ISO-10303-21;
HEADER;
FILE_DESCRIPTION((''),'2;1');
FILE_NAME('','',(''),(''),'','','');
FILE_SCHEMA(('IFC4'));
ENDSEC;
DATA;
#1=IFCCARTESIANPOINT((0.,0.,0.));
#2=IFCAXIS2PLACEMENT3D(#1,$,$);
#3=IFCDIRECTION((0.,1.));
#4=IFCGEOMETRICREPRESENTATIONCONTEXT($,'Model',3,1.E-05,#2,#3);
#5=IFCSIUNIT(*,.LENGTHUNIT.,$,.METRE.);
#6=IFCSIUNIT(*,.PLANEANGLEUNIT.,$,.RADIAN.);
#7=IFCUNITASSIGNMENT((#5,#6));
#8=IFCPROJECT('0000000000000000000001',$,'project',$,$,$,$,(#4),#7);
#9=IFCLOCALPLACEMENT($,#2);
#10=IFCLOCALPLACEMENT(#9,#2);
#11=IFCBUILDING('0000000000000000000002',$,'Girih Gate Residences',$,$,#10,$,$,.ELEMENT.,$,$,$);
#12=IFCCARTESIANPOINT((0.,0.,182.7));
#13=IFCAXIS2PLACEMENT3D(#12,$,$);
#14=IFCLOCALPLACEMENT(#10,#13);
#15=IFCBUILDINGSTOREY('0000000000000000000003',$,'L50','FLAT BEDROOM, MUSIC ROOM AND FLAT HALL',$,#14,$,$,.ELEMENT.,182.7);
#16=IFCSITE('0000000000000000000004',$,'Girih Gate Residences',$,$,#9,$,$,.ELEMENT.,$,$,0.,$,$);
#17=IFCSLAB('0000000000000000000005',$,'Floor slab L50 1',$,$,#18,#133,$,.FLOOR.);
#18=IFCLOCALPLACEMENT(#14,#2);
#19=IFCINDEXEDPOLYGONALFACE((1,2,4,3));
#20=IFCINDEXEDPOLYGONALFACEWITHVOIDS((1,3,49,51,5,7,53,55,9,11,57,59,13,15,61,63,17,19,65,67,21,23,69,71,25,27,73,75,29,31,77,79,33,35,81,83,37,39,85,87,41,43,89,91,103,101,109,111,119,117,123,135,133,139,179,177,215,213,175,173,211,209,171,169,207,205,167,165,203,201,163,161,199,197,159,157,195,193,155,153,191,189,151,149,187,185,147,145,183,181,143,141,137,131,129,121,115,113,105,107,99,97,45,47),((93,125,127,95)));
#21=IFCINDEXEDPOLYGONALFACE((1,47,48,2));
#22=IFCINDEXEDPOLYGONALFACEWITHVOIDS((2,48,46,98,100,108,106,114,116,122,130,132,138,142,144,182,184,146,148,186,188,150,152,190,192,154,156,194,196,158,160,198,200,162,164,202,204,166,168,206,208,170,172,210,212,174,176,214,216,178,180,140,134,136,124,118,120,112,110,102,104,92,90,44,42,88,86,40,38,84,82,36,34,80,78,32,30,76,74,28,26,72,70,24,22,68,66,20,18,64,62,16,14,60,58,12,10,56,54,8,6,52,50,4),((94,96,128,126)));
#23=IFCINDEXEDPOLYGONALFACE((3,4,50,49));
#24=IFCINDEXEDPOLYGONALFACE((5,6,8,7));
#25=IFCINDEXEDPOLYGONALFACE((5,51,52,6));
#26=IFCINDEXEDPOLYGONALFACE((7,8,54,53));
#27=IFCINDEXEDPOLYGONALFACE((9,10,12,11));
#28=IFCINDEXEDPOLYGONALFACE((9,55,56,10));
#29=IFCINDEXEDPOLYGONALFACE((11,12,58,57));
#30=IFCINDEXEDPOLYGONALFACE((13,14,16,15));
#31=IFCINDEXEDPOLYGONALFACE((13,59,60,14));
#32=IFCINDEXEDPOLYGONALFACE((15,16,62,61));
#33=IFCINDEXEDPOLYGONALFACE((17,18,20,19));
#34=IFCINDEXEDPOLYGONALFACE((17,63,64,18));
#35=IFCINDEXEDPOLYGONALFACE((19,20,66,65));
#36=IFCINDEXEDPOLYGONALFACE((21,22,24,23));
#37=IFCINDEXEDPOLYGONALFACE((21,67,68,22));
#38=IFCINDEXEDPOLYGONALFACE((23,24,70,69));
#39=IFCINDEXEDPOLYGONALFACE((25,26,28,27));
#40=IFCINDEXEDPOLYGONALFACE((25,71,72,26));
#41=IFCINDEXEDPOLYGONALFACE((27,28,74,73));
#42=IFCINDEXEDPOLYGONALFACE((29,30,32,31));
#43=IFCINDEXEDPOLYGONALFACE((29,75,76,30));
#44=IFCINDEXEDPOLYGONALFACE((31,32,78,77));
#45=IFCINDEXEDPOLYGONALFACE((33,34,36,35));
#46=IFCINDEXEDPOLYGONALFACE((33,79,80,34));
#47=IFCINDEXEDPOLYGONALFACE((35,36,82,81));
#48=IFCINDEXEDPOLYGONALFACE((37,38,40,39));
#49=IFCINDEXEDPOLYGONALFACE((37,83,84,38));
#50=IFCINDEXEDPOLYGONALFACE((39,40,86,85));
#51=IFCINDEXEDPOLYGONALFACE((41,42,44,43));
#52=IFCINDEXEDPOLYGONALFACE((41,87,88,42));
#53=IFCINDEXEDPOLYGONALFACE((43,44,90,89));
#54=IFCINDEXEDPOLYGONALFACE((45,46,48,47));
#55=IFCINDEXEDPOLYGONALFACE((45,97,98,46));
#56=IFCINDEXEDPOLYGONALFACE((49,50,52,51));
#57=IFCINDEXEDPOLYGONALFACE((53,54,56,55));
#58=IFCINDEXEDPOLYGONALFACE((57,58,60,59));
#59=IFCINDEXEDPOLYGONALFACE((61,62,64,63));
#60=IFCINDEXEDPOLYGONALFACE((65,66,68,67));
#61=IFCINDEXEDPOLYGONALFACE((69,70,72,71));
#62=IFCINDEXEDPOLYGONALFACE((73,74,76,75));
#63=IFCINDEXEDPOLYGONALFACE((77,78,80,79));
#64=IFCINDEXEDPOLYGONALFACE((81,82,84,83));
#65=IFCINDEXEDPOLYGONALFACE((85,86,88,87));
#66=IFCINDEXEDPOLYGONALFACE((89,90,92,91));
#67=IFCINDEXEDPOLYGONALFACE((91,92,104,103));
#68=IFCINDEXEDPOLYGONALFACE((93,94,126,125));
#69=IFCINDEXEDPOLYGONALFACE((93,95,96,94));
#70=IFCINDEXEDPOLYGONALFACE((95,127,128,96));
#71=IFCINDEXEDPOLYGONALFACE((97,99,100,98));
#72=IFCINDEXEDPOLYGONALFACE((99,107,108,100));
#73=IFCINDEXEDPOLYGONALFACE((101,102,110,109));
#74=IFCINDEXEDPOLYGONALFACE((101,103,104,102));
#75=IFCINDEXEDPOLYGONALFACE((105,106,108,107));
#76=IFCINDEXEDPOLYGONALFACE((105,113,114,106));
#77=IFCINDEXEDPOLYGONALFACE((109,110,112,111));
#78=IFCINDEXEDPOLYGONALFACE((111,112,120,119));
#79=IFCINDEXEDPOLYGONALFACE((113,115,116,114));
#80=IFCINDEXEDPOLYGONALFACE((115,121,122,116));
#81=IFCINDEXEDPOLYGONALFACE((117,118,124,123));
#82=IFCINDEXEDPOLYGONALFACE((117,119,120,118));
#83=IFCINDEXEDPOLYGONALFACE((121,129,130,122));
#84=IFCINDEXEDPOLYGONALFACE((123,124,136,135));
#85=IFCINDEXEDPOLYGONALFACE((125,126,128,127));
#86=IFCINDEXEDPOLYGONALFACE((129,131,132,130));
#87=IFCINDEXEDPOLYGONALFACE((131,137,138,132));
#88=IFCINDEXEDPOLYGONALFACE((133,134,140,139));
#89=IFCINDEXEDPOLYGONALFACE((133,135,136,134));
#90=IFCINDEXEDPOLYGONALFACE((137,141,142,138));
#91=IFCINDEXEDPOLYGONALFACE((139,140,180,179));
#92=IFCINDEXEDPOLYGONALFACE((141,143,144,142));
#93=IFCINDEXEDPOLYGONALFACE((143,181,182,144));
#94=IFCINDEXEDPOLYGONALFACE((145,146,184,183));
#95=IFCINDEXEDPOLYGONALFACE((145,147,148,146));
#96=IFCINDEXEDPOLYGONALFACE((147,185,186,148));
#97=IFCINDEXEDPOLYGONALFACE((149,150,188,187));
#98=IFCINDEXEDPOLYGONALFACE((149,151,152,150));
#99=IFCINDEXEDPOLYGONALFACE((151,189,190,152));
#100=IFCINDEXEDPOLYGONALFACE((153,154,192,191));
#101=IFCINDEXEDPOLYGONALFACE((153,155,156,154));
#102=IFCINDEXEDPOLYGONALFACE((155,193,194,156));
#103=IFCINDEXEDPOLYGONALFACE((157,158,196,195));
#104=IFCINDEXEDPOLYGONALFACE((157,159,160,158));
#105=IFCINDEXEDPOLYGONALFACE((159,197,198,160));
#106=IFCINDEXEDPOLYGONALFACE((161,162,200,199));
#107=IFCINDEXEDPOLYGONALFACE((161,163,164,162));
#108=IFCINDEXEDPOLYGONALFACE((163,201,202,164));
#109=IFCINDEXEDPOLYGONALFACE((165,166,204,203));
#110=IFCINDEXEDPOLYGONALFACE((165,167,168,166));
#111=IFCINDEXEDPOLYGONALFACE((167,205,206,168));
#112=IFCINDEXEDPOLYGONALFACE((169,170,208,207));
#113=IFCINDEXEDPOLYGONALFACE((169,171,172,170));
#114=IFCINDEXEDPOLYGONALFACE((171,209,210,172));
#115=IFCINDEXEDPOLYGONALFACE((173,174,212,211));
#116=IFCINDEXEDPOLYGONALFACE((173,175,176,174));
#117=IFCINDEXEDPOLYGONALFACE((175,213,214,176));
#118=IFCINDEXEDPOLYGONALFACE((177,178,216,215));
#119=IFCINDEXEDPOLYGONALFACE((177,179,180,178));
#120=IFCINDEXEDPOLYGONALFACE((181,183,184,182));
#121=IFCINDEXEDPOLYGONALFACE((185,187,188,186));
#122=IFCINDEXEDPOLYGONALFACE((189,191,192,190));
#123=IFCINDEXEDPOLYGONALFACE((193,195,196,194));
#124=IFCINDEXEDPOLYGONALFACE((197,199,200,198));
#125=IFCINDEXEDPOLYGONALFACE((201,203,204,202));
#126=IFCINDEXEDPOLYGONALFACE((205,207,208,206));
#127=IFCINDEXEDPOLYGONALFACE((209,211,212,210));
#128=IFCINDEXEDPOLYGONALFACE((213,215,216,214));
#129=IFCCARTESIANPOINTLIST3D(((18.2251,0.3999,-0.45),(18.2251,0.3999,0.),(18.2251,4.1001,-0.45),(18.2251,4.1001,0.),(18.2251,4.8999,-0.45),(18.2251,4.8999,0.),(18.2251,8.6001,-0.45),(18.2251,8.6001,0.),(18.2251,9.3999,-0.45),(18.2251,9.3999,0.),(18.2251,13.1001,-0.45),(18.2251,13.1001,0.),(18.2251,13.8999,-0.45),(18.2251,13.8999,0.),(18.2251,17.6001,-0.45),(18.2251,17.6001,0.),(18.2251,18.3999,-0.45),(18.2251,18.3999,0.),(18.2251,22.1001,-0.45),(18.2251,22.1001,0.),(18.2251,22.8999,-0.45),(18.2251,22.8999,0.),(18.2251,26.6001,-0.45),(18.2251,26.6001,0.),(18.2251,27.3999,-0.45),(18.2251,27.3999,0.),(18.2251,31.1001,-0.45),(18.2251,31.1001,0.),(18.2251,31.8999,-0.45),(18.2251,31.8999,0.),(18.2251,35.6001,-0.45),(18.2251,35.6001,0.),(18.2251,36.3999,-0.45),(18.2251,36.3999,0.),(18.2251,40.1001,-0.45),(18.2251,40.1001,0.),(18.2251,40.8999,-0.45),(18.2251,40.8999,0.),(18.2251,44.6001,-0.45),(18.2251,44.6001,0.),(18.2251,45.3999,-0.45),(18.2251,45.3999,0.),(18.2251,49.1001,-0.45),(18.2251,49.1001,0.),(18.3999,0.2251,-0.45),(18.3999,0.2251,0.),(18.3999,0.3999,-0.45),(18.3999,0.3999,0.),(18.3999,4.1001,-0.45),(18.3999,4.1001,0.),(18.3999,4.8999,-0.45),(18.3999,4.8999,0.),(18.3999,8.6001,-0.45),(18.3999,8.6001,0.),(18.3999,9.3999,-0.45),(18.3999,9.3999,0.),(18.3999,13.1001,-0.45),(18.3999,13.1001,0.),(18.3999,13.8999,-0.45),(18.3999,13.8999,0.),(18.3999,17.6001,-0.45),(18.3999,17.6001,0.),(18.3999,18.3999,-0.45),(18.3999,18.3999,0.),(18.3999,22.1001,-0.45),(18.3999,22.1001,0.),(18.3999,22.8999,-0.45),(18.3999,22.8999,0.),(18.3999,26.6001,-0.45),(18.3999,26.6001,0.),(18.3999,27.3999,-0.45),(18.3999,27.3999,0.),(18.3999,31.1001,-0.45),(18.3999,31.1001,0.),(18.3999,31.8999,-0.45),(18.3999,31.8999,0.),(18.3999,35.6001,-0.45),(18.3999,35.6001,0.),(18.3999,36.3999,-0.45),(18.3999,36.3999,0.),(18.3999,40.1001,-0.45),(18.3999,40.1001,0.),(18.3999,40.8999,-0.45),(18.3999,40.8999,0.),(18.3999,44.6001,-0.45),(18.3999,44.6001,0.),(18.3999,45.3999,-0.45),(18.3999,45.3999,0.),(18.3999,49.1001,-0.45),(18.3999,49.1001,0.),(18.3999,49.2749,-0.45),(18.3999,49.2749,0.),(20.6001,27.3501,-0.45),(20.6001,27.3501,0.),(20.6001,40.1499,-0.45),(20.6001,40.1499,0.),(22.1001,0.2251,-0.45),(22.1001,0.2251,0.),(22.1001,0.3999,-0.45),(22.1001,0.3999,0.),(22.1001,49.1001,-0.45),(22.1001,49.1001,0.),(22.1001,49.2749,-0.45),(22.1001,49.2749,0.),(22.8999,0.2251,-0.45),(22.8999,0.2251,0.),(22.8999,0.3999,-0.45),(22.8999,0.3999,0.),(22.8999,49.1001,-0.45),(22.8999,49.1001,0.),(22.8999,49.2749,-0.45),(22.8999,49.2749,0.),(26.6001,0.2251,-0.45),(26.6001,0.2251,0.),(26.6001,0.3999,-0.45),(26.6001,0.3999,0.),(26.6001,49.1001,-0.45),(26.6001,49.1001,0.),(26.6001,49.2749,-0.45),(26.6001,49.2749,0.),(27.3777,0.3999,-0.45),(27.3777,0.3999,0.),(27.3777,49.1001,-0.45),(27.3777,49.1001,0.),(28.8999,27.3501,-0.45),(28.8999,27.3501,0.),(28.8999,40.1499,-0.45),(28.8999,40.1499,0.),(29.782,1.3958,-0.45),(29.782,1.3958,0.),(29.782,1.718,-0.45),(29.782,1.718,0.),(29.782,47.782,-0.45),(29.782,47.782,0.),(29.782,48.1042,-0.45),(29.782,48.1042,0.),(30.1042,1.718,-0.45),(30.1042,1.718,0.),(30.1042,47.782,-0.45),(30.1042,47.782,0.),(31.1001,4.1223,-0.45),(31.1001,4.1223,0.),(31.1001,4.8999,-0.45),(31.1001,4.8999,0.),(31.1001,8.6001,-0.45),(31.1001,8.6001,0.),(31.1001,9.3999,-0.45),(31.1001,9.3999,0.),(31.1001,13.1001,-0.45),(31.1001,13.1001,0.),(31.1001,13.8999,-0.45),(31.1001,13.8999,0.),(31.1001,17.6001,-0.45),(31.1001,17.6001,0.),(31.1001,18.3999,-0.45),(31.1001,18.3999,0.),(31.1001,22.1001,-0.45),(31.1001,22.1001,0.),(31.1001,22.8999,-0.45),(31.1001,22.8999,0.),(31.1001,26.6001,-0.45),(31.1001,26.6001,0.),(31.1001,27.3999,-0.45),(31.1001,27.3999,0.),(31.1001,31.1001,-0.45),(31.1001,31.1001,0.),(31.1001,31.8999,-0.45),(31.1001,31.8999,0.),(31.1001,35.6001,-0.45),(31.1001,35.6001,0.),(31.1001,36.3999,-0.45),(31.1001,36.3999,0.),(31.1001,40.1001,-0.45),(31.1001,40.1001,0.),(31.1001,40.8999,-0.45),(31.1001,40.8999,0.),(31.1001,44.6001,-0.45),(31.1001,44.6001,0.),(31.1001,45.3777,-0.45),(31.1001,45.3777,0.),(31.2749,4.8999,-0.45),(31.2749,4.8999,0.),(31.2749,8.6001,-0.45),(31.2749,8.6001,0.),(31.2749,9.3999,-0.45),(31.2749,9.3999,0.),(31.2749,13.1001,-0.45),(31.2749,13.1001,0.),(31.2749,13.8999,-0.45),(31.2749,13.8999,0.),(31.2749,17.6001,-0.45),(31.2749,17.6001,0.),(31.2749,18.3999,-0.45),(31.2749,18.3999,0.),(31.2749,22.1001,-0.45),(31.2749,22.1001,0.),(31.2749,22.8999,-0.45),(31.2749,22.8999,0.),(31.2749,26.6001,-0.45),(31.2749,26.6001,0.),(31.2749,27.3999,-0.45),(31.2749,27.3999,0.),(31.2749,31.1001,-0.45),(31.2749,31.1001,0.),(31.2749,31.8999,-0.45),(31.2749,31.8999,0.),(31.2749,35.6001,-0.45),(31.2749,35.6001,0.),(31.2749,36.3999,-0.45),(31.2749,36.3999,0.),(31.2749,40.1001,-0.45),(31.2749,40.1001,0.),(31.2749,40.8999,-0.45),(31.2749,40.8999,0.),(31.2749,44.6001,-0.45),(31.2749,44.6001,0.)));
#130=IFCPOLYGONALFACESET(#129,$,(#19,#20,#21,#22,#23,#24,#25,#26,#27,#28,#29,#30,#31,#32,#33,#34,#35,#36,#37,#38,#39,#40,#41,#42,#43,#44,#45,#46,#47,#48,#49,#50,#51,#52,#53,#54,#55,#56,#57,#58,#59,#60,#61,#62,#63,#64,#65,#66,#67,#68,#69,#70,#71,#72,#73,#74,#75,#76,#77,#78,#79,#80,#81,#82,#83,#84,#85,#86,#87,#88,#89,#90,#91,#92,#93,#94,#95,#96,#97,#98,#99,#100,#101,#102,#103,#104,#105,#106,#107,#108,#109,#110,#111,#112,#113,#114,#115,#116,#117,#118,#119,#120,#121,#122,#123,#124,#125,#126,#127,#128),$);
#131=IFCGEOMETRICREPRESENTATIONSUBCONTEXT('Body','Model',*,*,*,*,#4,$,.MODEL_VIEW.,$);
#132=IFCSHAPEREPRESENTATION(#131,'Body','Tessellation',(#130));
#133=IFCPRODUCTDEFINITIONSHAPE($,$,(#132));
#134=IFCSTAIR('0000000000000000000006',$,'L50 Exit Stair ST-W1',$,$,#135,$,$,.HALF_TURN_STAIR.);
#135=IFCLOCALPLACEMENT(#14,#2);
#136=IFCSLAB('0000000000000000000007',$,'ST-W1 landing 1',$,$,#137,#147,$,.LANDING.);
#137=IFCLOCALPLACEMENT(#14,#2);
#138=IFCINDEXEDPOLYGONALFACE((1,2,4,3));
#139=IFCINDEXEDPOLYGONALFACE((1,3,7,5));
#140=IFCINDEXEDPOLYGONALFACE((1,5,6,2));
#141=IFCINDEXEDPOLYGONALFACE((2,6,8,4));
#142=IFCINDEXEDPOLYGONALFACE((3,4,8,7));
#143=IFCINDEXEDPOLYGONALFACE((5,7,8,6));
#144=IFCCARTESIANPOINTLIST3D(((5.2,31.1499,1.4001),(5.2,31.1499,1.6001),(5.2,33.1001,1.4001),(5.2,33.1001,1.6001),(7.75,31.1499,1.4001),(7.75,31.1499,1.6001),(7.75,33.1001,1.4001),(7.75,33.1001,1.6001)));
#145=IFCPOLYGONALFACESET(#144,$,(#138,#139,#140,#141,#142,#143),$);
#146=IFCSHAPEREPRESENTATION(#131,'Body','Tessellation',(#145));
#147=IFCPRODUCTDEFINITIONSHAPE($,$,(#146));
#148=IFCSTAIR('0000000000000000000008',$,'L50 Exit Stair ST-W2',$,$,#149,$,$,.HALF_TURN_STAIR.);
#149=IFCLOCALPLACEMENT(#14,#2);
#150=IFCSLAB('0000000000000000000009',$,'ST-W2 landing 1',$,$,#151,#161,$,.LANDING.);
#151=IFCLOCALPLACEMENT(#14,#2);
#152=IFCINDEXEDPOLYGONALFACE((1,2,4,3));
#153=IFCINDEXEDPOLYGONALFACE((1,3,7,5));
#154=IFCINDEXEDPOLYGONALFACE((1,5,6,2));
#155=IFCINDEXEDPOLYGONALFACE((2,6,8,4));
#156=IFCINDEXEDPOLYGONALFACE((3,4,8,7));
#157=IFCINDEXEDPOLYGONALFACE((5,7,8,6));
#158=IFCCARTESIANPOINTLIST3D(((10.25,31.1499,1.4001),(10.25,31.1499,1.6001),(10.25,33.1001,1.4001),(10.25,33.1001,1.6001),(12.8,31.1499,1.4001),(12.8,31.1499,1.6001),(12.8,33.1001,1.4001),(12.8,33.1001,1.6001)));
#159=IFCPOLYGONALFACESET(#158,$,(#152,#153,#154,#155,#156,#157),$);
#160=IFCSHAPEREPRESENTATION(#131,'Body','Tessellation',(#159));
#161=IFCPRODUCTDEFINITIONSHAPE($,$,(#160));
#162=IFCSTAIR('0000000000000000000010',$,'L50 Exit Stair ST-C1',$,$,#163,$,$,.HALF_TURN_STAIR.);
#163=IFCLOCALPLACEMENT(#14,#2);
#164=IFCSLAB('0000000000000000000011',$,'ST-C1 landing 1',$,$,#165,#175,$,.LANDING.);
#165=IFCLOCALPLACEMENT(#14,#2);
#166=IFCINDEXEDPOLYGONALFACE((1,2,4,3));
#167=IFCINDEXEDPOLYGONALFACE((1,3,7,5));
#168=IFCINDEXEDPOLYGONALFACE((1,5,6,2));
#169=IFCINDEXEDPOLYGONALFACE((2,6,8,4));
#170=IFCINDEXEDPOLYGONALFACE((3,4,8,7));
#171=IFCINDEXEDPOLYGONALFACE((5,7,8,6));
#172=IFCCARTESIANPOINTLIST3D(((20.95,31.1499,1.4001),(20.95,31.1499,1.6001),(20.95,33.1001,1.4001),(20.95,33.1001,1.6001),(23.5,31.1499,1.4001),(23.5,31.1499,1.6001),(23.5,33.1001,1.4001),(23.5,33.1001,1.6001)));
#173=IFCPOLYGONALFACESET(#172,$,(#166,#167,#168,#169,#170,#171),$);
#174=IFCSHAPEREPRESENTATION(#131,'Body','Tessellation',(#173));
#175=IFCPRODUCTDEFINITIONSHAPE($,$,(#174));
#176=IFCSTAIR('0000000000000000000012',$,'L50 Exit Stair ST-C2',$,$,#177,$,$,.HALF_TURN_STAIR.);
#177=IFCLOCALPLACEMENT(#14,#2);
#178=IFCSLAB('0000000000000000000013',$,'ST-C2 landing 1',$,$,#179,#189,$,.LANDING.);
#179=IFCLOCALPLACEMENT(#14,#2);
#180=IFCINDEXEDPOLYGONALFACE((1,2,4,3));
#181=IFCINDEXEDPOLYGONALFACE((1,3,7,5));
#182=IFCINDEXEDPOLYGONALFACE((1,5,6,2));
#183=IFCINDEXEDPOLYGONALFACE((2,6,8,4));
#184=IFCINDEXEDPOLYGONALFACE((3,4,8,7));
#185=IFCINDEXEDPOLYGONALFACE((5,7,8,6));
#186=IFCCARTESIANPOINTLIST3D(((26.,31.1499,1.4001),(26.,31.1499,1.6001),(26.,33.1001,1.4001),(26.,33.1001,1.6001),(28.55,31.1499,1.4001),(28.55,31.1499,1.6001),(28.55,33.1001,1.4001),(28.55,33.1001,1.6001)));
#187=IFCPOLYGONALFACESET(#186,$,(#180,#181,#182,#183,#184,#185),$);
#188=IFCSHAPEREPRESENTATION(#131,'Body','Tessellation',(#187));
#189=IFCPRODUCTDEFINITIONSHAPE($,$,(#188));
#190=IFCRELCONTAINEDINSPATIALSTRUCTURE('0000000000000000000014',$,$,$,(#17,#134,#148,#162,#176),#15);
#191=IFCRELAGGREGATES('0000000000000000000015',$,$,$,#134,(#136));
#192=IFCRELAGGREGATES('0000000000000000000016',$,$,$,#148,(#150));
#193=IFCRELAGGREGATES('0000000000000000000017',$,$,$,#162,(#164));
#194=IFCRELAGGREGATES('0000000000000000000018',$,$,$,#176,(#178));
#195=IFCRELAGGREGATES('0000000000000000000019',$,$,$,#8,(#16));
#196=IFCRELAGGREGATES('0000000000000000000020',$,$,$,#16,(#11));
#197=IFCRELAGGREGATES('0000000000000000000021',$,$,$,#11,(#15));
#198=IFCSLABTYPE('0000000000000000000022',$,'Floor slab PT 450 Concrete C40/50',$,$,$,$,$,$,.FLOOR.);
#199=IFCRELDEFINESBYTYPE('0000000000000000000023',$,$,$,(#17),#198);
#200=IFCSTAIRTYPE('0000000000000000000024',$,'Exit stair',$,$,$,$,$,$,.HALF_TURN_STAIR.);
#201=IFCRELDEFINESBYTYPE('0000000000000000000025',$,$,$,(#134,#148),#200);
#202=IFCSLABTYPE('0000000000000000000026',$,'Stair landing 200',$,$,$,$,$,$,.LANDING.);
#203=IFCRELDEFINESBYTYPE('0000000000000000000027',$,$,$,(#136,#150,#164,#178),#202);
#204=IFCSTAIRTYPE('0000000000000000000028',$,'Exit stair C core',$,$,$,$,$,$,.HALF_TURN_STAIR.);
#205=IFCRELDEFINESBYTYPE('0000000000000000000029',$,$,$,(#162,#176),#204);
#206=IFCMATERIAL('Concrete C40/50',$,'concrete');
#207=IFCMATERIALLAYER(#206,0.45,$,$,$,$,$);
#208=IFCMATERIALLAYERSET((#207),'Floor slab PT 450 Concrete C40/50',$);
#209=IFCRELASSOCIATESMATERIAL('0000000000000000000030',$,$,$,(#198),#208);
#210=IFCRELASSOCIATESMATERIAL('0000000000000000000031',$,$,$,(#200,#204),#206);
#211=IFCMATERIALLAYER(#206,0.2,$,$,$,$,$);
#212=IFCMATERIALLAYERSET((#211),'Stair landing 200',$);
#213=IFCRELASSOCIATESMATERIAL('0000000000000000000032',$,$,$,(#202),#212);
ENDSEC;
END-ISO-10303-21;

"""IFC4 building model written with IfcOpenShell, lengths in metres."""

from ifc_helpers import new_model, si_unit, direction, frame, origin, place, context, subcontext, project, spatial, polyline, outline, extrude, material, layer, layer_set, type_object, element, aggregate, save


model = new_model("IFC4")

# Units and contexts
model_context = context("Model", 3, precision=1e-05, world=origin(), true_north=direction((0.0, 1.0)))
body_context = subcontext(model_context, "Body", "Model", "MODEL_VIEW")
ifc_project = project(units=[si_unit("LENGTHUNIT", "METRE"), si_unit("PLANEANGLEUNIT", "RADIAN")], contexts=[model_context])

# Site, building, storey
site_placement = place(None, origin())
site = spatial("IfcSite", under=ifc_project, at=site_placement, Name="Girih Gate Residences", CompositionType="ELEMENT", RefElevation=0.0)
building_placement = place(site_placement, origin())
building = spatial("IfcBuilding", under=site, at=building_placement, Name="Girih Gate Residences", CompositionType="ELEMENT")
storey_placement = place(building_placement, frame((0.0, 0.0, 182.7)))
storey = spatial("IfcBuildingStorey", under=building, at=storey_placement, Name="L50", Description="FLAT BEDROOM, MUSIC ROOM AND FLAT HALL", CompositionType="ELEMENT", Elevation=182.7)

# Slab
ifc_material_1 = material(Name="Concrete C40/50", Category="concrete")
ifc_layer_1 = layer(ifc_material_1, 0.45)
ifc_layer_set_1 = layer_set([ifc_layer_1], Name="Floor slab PT 450 Concrete C40/50")
slab_type_1 = type_object("IfcSlabType", Name="Floor slab PT 450 Concrete C40/50", PredefinedType="FLOOR", material=ifc_layer_set_1)
slab_1_placement = place(storey_placement, frame((0.0, 0.0, -0.45)))
element("IfcSlab", 1, at=slab_1_placement, inside=storey, type_object=slab_type_1, Name="Floor slab L50 1", PredefinedType="FLOOR", context=body_context, shape_type="SweptSolid", body=[
    extrude(outline(polyline([(22.8999, 0.2251), (26.6001, 0.2251), (26.6001, 0.3999), (27.3777, 0.3999), (29.782, 1.3958), (29.782, 1.718), (30.1042, 1.718), (31.1001, 4.1223), (31.1001, 4.8999), (31.2749, 4.8999), (31.2749, 8.6001), (31.1001, 8.6001), (31.1001, 9.3999), (31.2749, 9.3999), (31.2749, 13.1001), (31.1001, 13.1001), (31.1001, 13.8999), (31.2749, 13.8999), (31.2749, 17.6001), (31.1001, 17.6001), (31.1001, 18.3999), (31.2749, 18.3999), (31.2749, 22.1001), (31.1001, 22.1001), (31.1001, 22.8999), (31.2749, 22.8999), (31.2749, 26.6001), (31.1001, 26.6001), (31.1001, 27.3999), (31.2749, 27.3999), (31.2749, 31.1001), (31.1001, 31.1001), (31.1001, 31.8999), (31.2749, 31.8999), (31.2749, 35.6001), (31.1001, 35.6001), (31.1001, 36.3999), (31.2749, 36.3999), (31.2749, 40.1001), (31.1001, 40.1001), (31.1001, 40.8999), (31.2749, 40.8999), (31.2749, 44.6001), (31.1001, 44.6001), (31.1001, 45.3777), (30.1042, 47.782), (29.782, 47.782), (29.782, 48.1042), (27.3777, 49.1001), (26.6001, 49.1001), (26.6001, 49.2749), (22.8999, 49.2749), (22.8999, 49.1001), (22.1001, 49.1001), (22.1001, 49.2749), (18.3999, 49.2749), (18.3999, 49.1001), (18.2251, 49.1001), (18.2251, 45.3999), (18.3999, 45.3999), (18.3999, 44.6001), (18.2251, 44.6001), (18.2251, 40.8999), (18.3999, 40.8999), (18.3999, 40.1001), (18.2251, 40.1001), (18.2251, 36.3999), (18.3999, 36.3999), (18.3999, 35.6001), (18.2251, 35.6001), (18.2251, 31.8999), (18.3999, 31.8999), (18.3999, 31.1001), (18.2251, 31.1001), (18.2251, 27.3999), (18.3999, 27.3999), (18.3999, 26.6001), (18.2251, 26.6001), (18.2251, 22.8999), (18.3999, 22.8999), (18.3999, 22.1001), (18.2251, 22.1001), (18.2251, 18.3999), (18.3999, 18.3999), (18.3999, 17.6001), (18.2251, 17.6001), (18.2251, 13.8999), (18.3999, 13.8999), (18.3999, 13.1001), (18.2251, 13.1001), (18.2251, 9.3999), (18.3999, 9.3999), (18.3999, 8.6001), (18.2251, 8.6001), (18.2251, 4.8999), (18.3999, 4.8999), (18.3999, 4.1001), (18.2251, 4.1001), (18.2251, 0.3999), (18.3999, 0.3999), (18.3999, 0.2251), (22.1001, 0.2251), (22.1001, 0.3999), (22.8999, 0.3999), (22.8999, 0.2251)]), holes=[polyline([(28.8999, 40.1499), (28.8999, 27.3501), (20.6001, 27.3501), (20.6001, 40.1499), (28.8999, 40.1499)])]), origin(), (0.0, 0.0, 1.0), 0.45),
])

# Stairs, slabs
stair_type_1 = type_object("IfcStairType", Name="Exit stair", PredefinedType="HALF_TURN_STAIR", material=ifc_material_1)
stair_1_placement = place(storey_placement, origin())
stair_1 = element("IfcStair", 2, at=stair_1_placement, inside=storey, type_object=stair_type_1, Name="L50 Exit Stair ST-W1", PredefinedType="HALF_TURN_STAIR")
ifc_layer_2 = layer(ifc_material_1, 0.2)
ifc_layer_set_2 = layer_set([ifc_layer_2], Name="Stair landing 200")
slab_type_2 = type_object("IfcSlabType", Name="Stair landing 200", PredefinedType="LANDING", material=ifc_layer_set_2)
slab_2_placement = place(storey_placement, frame((0.0, 0.0, 1.4001)))
slab_2 = element("IfcSlab", 3, at=slab_2_placement, type_object=slab_type_2, Name="ST-W1 landing 1", PredefinedType="LANDING", context=body_context, shape_type="SweptSolid", body=[
    extrude(outline(polyline([(7.75, 31.1499), (7.75, 33.1001), (5.2, 33.1001), (5.2, 31.1499), (7.75, 31.1499)])), origin(), (0.0, 0.0, 1.0), 0.2),
])
aggregate(stair_1, [slab_2])
stair_2_placement = place(storey_placement, origin())
stair_2 = element("IfcStair", 4, at=stair_2_placement, inside=storey, type_object=stair_type_1, Name="L50 Exit Stair ST-W2", PredefinedType="HALF_TURN_STAIR")
slab_3_placement = place(storey_placement, frame((0.0, 0.0, 1.4001)))
slab_3 = element("IfcSlab", 5, at=slab_3_placement, type_object=slab_type_2, Name="ST-W2 landing 1", PredefinedType="LANDING", context=body_context, shape_type="SweptSolid", body=[
    extrude(outline(polyline([(12.8, 31.1499), (12.8, 33.1001), (10.25, 33.1001), (10.25, 31.1499), (12.8, 31.1499)])), origin(), (0.0, 0.0, 1.0), 0.2),
])
aggregate(stair_2, [slab_3])
stair_type_2 = type_object("IfcStairType", Name="Exit stair C core", PredefinedType="HALF_TURN_STAIR", material=ifc_material_1)
stair_3_placement = place(storey_placement, origin())
stair_3 = element("IfcStair", 6, at=stair_3_placement, inside=storey, type_object=stair_type_2, Name="L50 Exit Stair ST-C1", PredefinedType="HALF_TURN_STAIR")
slab_4_placement = place(storey_placement, frame((0.0, 0.0, 1.4001)))
slab_4 = element("IfcSlab", 7, at=slab_4_placement, type_object=slab_type_2, Name="ST-C1 landing 1", PredefinedType="LANDING", context=body_context, shape_type="SweptSolid", body=[
    extrude(outline(polyline([(23.5, 31.1499), (23.5, 33.1001), (20.95, 33.1001), (20.95, 31.1499), (23.5, 31.1499)])), origin(), (0.0, 0.0, 1.0), 0.2),
])
aggregate(stair_3, [slab_4])
stair_4_placement = place(storey_placement, origin())
stair_4 = element("IfcStair", 8, at=stair_4_placement, inside=storey, type_object=stair_type_2, Name="L50 Exit Stair ST-C2", PredefinedType="HALF_TURN_STAIR")
slab_5_placement = place(storey_placement, frame((0.0, 0.0, 1.4001)))
slab_5 = element("IfcSlab", 9, at=slab_5_placement, type_object=slab_type_2, Name="ST-C2 landing 1", PredefinedType="LANDING", context=body_context, shape_type="SweptSolid", body=[
    extrude(outline(polyline([(28.55, 31.1499), (28.55, 33.1001), (26.0, 33.1001), (26.0, 31.1499), (28.55, 31.1499)])), origin(), (0.0, 0.0, 1.0), 0.2),
])
aggregate(stair_4, [slab_5])

save(model, "model.ifc")
